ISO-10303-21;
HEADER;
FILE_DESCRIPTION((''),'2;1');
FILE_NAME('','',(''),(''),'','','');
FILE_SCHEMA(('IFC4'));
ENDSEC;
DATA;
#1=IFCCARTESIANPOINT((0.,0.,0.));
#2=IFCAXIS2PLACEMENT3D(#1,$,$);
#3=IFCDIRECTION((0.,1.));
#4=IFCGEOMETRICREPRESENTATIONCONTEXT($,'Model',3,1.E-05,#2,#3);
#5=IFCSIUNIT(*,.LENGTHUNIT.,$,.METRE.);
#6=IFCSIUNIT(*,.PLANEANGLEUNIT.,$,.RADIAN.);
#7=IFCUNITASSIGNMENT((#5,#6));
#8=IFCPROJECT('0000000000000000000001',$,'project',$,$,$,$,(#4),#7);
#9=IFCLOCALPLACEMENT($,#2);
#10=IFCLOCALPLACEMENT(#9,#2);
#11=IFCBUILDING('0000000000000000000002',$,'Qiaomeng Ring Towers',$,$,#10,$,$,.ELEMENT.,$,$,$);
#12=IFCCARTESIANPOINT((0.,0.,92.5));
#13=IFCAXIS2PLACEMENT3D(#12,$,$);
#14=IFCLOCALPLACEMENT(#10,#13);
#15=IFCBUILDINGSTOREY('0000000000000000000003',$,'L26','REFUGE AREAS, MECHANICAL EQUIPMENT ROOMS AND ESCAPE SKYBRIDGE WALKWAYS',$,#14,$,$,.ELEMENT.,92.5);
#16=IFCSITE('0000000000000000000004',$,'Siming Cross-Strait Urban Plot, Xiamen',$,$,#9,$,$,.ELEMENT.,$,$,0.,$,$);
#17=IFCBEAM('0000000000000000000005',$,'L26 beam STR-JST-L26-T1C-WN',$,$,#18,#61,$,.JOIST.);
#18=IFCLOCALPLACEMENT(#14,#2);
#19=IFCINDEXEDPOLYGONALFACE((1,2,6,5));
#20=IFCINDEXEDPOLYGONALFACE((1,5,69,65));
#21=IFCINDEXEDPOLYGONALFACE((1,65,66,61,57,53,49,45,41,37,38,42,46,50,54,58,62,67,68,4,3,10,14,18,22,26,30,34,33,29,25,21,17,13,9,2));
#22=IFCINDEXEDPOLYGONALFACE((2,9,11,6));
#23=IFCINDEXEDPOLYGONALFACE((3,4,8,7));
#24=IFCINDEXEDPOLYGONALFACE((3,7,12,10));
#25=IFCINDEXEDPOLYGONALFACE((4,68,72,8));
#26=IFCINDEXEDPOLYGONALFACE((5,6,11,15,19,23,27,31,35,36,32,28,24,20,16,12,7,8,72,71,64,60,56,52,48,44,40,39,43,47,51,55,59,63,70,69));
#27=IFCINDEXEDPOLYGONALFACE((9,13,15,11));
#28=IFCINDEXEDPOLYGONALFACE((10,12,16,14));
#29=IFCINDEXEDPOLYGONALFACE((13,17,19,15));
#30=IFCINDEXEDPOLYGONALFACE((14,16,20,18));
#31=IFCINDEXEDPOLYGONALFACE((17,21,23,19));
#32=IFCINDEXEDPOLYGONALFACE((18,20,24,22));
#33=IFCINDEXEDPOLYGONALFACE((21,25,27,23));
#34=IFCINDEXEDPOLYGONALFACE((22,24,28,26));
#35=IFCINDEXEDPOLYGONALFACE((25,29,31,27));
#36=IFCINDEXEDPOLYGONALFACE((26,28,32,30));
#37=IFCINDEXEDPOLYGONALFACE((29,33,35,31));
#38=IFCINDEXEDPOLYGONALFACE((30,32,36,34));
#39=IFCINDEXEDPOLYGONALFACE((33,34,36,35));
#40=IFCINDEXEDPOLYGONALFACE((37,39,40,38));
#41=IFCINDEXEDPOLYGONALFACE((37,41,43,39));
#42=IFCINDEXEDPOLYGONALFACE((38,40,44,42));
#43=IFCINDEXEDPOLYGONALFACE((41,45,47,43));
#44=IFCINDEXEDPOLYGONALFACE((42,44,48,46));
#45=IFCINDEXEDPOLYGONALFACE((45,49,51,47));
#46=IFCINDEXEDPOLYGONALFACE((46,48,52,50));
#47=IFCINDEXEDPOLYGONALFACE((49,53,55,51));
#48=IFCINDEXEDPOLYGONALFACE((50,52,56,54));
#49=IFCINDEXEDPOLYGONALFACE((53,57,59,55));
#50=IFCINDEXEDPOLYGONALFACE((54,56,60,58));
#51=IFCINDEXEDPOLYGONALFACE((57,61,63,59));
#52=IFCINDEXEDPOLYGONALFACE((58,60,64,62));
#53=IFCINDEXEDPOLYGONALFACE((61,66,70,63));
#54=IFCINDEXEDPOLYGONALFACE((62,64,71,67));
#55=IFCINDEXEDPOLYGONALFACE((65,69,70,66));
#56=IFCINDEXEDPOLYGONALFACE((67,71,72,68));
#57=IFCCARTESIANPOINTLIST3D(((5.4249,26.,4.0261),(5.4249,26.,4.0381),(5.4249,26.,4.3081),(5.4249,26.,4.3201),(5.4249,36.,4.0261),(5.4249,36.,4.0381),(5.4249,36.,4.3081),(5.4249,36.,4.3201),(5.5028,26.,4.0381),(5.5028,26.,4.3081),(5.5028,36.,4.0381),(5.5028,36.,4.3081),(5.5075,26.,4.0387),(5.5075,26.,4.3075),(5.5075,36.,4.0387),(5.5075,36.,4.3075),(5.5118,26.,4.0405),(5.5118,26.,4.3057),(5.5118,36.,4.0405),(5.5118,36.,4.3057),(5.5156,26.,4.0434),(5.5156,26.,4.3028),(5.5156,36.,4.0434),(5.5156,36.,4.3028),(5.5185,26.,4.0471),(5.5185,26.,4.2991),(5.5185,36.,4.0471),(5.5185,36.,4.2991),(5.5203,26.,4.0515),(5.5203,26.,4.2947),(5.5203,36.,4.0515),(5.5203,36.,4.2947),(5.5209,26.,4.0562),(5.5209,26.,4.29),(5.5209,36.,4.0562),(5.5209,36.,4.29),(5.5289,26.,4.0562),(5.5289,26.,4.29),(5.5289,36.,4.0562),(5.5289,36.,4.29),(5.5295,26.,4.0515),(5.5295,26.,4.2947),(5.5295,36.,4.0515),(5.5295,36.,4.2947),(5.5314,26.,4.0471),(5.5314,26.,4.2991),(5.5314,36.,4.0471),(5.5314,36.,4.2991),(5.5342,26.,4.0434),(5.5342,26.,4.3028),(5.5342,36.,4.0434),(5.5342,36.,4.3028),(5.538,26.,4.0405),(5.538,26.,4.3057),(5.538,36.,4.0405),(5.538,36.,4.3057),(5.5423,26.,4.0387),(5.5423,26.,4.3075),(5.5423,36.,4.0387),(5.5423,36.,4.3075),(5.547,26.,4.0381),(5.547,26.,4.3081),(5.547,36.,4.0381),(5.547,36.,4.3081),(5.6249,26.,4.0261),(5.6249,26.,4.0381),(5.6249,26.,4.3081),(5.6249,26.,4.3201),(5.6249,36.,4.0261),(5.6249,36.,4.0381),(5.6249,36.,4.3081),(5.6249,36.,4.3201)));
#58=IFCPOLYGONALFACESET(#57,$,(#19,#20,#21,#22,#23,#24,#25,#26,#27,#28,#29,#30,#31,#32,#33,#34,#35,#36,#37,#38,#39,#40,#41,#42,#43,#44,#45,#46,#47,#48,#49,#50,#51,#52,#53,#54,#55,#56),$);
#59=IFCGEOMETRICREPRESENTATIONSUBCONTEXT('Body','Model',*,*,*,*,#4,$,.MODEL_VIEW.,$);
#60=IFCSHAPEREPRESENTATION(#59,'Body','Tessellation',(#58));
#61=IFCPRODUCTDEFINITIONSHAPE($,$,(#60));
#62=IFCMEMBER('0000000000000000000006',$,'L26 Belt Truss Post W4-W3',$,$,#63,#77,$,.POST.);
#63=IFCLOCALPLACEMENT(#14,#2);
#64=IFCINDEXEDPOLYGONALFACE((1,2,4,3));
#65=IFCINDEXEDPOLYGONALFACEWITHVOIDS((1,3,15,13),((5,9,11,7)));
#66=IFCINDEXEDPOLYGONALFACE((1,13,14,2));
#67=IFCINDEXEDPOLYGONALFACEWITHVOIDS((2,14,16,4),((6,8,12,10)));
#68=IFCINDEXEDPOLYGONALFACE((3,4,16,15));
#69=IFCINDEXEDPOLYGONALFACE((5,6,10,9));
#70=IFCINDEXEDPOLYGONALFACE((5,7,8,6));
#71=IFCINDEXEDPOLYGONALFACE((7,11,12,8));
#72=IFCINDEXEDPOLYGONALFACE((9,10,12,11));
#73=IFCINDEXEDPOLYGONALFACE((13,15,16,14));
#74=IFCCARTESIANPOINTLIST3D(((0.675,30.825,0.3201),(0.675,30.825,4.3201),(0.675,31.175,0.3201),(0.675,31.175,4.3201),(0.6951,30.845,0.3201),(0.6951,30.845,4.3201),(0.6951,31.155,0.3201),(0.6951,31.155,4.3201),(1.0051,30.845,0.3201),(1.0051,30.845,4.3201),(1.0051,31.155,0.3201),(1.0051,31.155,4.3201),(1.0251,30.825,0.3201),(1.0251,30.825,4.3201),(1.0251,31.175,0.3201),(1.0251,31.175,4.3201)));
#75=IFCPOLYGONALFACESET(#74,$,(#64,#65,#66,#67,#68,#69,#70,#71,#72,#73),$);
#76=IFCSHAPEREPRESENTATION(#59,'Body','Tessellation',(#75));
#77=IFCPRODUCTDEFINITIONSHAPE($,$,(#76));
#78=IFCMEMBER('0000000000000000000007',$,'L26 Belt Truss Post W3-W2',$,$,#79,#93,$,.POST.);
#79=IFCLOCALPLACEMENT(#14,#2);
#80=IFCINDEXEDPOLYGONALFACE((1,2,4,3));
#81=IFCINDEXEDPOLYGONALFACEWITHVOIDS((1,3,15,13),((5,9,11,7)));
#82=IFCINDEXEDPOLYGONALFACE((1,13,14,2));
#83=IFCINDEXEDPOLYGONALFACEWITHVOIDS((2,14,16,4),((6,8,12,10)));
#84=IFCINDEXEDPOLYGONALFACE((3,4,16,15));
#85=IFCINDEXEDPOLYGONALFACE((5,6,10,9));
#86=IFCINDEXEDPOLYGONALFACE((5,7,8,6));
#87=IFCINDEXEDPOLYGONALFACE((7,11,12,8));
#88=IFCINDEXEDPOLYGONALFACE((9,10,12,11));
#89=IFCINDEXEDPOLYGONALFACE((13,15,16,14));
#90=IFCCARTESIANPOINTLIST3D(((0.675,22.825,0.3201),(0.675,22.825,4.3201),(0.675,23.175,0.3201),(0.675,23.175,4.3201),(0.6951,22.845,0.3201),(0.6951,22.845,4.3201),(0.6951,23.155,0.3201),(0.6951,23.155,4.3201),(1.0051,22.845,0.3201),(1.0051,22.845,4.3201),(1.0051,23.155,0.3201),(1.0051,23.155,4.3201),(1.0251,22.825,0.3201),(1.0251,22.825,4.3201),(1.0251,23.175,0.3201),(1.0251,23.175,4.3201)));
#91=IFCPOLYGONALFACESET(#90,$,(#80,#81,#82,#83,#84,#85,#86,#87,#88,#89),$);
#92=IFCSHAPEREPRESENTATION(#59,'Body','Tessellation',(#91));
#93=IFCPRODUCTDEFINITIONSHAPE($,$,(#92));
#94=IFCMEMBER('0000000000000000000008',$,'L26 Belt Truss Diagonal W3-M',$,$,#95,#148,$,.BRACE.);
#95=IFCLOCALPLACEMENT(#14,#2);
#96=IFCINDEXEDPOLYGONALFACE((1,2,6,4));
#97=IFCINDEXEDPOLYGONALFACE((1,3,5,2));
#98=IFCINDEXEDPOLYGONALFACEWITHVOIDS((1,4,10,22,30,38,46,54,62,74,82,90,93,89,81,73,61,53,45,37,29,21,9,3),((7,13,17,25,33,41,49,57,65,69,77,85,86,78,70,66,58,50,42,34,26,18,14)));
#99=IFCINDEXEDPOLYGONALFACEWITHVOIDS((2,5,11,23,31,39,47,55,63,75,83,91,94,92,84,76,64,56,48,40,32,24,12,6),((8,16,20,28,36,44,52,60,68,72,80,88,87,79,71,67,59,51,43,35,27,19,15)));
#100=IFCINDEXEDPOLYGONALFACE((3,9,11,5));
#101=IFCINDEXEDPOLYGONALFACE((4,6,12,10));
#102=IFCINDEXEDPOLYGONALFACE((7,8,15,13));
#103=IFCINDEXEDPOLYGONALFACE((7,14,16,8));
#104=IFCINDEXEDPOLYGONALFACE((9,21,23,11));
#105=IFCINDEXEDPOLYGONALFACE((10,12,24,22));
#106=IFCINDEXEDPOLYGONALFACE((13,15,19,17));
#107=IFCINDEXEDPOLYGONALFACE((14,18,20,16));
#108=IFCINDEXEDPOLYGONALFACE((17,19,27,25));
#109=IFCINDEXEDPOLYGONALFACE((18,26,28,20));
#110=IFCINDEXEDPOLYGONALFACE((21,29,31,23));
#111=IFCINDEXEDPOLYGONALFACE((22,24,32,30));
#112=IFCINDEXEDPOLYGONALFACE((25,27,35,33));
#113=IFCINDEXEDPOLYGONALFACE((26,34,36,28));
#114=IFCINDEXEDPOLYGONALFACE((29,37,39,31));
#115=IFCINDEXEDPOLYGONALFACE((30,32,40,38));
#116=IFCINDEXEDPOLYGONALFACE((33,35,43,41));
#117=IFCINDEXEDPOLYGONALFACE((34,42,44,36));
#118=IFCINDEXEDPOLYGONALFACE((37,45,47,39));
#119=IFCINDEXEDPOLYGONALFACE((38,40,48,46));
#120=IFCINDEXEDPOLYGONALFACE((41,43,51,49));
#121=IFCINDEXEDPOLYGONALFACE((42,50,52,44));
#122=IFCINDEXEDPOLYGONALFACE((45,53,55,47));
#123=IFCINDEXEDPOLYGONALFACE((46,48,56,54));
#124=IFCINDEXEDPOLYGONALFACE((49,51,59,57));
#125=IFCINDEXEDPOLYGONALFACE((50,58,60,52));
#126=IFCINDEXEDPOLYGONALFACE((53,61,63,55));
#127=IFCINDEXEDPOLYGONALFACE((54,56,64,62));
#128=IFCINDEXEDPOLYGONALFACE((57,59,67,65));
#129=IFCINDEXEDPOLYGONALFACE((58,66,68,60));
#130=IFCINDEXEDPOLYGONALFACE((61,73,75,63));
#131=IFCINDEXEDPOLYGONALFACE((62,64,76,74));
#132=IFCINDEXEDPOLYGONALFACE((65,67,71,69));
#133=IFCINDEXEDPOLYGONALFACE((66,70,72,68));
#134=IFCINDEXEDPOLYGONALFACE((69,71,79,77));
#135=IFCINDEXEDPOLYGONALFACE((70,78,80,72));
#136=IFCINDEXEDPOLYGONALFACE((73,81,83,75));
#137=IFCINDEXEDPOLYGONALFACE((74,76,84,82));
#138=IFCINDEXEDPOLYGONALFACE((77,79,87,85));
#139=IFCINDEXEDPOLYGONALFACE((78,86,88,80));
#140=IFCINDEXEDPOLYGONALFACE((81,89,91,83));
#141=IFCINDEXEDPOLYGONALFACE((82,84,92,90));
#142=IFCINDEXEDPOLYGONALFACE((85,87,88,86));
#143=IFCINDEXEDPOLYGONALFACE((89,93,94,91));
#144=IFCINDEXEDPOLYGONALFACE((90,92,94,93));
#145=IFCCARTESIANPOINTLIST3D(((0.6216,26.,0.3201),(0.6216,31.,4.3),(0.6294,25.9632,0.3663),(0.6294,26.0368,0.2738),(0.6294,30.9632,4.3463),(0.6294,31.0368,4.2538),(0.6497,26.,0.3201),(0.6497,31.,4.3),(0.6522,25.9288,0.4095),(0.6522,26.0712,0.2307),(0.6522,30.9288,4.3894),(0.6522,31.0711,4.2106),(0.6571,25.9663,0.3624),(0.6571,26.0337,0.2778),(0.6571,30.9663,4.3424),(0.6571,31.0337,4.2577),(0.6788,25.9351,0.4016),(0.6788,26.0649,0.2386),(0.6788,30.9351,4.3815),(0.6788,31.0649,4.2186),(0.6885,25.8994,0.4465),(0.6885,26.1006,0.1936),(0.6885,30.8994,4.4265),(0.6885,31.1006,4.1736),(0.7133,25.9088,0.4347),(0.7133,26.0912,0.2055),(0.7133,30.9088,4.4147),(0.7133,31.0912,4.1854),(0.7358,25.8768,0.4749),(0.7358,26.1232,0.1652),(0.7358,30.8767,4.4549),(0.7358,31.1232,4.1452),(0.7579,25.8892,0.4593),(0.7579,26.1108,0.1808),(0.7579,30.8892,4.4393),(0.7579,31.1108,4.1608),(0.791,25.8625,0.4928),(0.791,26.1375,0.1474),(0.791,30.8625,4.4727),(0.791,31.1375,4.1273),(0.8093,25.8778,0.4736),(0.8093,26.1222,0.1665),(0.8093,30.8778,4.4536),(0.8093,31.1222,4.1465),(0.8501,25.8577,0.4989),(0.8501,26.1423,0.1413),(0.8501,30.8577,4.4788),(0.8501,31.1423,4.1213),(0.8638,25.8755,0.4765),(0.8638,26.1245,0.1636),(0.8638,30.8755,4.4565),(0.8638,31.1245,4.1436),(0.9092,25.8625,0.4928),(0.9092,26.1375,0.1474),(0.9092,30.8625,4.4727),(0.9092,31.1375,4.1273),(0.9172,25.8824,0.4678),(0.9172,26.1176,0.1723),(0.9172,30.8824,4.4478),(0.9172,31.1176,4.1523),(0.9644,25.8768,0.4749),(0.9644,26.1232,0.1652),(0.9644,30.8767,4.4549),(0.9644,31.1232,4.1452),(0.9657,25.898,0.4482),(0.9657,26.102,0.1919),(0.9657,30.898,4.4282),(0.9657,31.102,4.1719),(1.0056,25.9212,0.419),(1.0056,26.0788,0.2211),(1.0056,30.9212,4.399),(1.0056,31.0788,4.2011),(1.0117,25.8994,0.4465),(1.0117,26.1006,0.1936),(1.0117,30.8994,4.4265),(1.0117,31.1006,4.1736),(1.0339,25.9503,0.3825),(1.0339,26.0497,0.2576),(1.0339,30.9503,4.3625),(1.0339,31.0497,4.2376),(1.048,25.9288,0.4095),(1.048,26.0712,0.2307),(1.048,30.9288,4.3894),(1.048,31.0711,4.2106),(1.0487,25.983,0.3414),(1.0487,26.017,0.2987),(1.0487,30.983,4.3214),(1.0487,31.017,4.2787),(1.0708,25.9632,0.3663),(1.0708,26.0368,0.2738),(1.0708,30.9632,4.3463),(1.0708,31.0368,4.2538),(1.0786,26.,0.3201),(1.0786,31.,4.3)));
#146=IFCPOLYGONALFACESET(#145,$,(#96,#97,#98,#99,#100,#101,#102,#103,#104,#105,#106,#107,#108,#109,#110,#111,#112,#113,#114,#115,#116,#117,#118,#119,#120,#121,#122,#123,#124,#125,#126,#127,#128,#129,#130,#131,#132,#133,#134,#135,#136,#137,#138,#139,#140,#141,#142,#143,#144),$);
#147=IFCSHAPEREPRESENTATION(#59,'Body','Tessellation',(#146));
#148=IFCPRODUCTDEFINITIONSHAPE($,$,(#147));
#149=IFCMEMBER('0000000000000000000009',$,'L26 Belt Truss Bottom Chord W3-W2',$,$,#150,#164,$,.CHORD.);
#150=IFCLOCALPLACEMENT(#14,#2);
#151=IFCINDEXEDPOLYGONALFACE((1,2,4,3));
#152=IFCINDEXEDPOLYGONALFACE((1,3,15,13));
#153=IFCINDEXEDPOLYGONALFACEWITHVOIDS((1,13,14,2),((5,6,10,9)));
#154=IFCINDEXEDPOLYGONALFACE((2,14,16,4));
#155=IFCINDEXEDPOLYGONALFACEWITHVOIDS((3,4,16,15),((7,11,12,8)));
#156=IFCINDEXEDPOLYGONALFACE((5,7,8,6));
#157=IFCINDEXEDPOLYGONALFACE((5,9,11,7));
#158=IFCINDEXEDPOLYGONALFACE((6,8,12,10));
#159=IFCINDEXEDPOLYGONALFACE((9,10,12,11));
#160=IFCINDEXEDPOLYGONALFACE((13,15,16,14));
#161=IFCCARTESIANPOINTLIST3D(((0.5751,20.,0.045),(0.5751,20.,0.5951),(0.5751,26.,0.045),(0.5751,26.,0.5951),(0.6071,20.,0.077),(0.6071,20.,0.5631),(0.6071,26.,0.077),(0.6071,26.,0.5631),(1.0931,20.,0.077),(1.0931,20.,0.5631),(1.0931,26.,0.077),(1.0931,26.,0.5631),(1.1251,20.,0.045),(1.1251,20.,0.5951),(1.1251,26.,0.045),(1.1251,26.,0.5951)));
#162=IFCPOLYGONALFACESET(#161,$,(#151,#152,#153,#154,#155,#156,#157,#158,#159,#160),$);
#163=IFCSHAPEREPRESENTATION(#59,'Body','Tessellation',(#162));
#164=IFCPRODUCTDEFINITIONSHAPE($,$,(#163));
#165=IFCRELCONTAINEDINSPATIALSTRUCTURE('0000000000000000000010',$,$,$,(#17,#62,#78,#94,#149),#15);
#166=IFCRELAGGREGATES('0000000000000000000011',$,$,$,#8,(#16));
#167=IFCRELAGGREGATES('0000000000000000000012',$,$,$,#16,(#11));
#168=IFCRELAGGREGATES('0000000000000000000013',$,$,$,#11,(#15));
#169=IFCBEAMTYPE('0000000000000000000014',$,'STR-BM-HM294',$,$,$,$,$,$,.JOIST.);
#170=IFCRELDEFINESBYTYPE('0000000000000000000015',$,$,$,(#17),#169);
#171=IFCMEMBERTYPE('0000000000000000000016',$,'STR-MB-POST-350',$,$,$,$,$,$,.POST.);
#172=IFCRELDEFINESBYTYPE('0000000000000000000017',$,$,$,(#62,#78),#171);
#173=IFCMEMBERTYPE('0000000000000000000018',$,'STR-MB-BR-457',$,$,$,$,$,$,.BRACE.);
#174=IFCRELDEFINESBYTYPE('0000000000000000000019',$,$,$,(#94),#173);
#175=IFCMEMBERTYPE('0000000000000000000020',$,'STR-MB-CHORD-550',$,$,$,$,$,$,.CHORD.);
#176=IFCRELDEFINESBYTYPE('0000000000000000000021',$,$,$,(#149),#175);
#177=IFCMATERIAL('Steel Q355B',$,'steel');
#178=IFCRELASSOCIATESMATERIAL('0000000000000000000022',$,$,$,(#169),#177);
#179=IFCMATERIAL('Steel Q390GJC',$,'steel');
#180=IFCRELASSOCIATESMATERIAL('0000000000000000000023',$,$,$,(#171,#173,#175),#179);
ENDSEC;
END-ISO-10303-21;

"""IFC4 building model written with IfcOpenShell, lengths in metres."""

from ifc_helpers import new_model, si_unit, direction, frame, origin, origin_2d, place, context, subcontext, project, spatial, hollow_rectangle, hollow_circle, i_section, extrude, source, transform, mapped, material, material_profile, profile_set, type_object, element, save


model = new_model("IFC4")

# Units and contexts
model_context = context("Model", 3, precision=1e-05, world=origin(), true_north=direction((0.0, 1.0)))
body_context = subcontext(model_context, "Body", "Model", "MODEL_VIEW")
ifc_project = project(units=[si_unit("LENGTHUNIT", "METRE"), si_unit("PLANEANGLEUNIT", "RADIAN")], contexts=[model_context])

# Site, building, storey
site_placement = place(None, origin())
site = spatial("IfcSite", under=ifc_project, at=site_placement, Name="Siming Cross-Strait Urban Plot, Xiamen", CompositionType="ELEMENT", RefElevation=0.0)
building_placement = place(site_placement, origin())
building = spatial("IfcBuilding", under=site, at=building_placement, Name="Qiaomeng Ring Towers", CompositionType="ELEMENT")
storey_placement = place(building_placement, frame((0.0, 0.0, 92.5)))
storey = spatial("IfcBuildingStorey", under=building, at=storey_placement, Name="L26", Description="REFUGE AREAS, MECHANICAL EQUIPMENT ROOMS AND ESCAPE SKYBRIDGE WALKWAYS", CompositionType="ELEMENT", Elevation=92.5)

# Beam
ifc_material_1 = material(Name="Steel Q355B", Category="steel")
ifc_material_profile_1 = material_profile(ifc_material_1, i_section(OverallWidth=0.2, OverallDepth=0.2939, WebThickness=0.0081, FlangeThickness=0.012, FilletRadius=0.0181, at=origin_2d()), Name="HM 294x200x8x12")
ifc_profile_set_1 = profile_set([ifc_material_profile_1], Name="Steel Q355B")
beam_type_1 = type_object("IfcBeamType", Name="STR-BM-HM294", PredefinedType="JOIST", material=ifc_profile_set_1)
shared_shape_1 = source(origin(), body_context, "Body", "SweptSolid", [
    extrude(i_section(OverallWidth=0.2, OverallDepth=0.2939, WebThickness=0.0081, FlangeThickness=0.012, FilletRadius=0.0181, at=origin_2d()), origin(), (0.0, 0.0, 1.0), 10.0),
])
beam_1_placement = place(storey_placement, frame((5.5249, 26.0, 4.1731), z_axis=(0.0, 1.0, 0.0), x_axis=(-1.0, 0.0, 0.0)))
element("IfcBeam", 1, at=beam_1_placement, inside=storey, type_object=beam_type_1, Name="L26 beam STR-JST-L26-T1C-WN", PredefinedType="JOIST", context=body_context, shape_type="MappedRepresentation", body=[
    mapped(shared_shape_1, transform((0.0, 0.0, 0.0), x_axis=(1.0, 0.0, 0.0), y_axis=(0.0, 1.0, 0.0), z_axis=(0.0, 0.0, 1.0), scale=1.0)),
])

# Members
ifc_material_2 = material(Name="Steel Q390GJC", Category="steel")
ifc_material_profile_2 = material_profile(ifc_material_2, hollow_rectangle(XDim=0.3501, YDim=0.3501, WallThickness=0.02, at=origin_2d()), Name="SHS 350x350x20")
ifc_profile_set_2 = profile_set([ifc_material_profile_2], Name="Steel Q390GJC")
member_type_1 = type_object("IfcMemberType", Name="STR-MB-POST-350", PredefinedType="POST", material=ifc_profile_set_2)
shared_shape_2 = source(origin(), body_context, "Body", "SweptSolid", [
    extrude(hollow_rectangle(XDim=0.3501, YDim=0.3501, WallThickness=0.02, at=origin_2d()), origin(), (0.0, 0.0, 1.0), 4.0),
])
for number, where, z_axis, x_axis, name in (
    (2, (0.8501, 31.0, 0.3201), (0.0, 0.0, 1.0), (1.0, 0.0, 0.0), "L26 Belt Truss Post W4-W3"),
    (3, (0.8501, 23.0, 0.3201), (0.0, 0.0, 1.0), (1.0, 0.0, 0.0), "L26 Belt Truss Post W3-W2"),
):
    element("IfcMember", number, at=place(storey_placement, frame(where, z_axis=z_axis, x_axis=x_axis)), inside=storey, type_object=member_type_1, Name=name, PredefinedType="POST", context=body_context, shape_type="MappedRepresentation", body=[
        mapped(shared_shape_2, transform((0.0, 0.0, 0.0), x_axis=(1.0, 0.0, 0.0), y_axis=(0.0, 1.0, 0.0), z_axis=(0.0, 0.0, 1.0), scale=1.0)),
    ])
ifc_material_profile_3 = material_profile(ifc_material_2, hollow_circle(Radius=0.2285, WallThickness=0.0281, at=origin_2d()), Name="CHS 457x28")
ifc_profile_set_3 = profile_set([ifc_material_profile_3], Name="Steel Q390GJC")
member_type_2 = type_object("IfcMemberType", Name="STR-MB-BR-457", PredefinedType="BRACE", material=ifc_profile_set_3)
shared_shape_3 = source(origin(), body_context, "Body", "SweptSolid", [
    extrude(hollow_circle(Radius=0.2285, WallThickness=0.0281, at=origin_2d()), origin(), (0.0, 0.0, 1.0), 6.3906),
])
member_1_placement = place(storey_placement, frame((0.8501, 26.0, 0.3201), z_axis=(0.0, 0.782395, 0.622783), x_axis=(-1.0, 0.0, 0.0)))
element("IfcMember", 4, at=member_1_placement, inside=storey, type_object=member_type_2, Name="L26 Belt Truss Diagonal W3-M", PredefinedType="BRACE", context=body_context, shape_type="MappedRepresentation", body=[
    mapped(shared_shape_3, transform((0.0, 0.0, 0.0), x_axis=(1.0, 0.0, 0.0), y_axis=(0.0, 1.0, 0.0), z_axis=(0.0, 0.0, 1.0), scale=1.0)),
])
ifc_material_profile_4 = material_profile(ifc_material_2, hollow_rectangle(XDim=0.55, YDim=0.55, WallThickness=0.032, at=origin_2d()), Name="SHS 550x550x32")
ifc_profile_set_4 = profile_set([ifc_material_profile_4], Name="Steel Q390GJC")
member_type_3 = type_object("IfcMemberType", Name="STR-MB-CHORD-550", PredefinedType="CHORD", material=ifc_profile_set_4)
shared_shape_4 = source(origin(), body_context, "Body", "SweptSolid", [
    extrude(hollow_rectangle(XDim=0.55, YDim=0.55, WallThickness=0.032, at=origin_2d()), origin(), (0.0, 0.0, 1.0), 6.0),
])
member_2_placement = place(storey_placement, frame((0.8501, 26.0, 0.3201), z_axis=(0.0, -1.0, 0.0), x_axis=(1.0, 0.0, 0.0)))
element("IfcMember", 5, at=member_2_placement, inside=storey, type_object=member_type_3, Name="L26 Belt Truss Bottom Chord W3-W2", PredefinedType="CHORD", context=body_context, shape_type="MappedRepresentation", body=[
    mapped(shared_shape_4, transform((0.0, 0.0, 0.0), x_axis=(1.0, 0.0, 0.0), y_axis=(0.0, 1.0, 0.0), z_axis=(0.0, 0.0, 1.0), scale=1.0)),
])

save(model, "model.ifc")
